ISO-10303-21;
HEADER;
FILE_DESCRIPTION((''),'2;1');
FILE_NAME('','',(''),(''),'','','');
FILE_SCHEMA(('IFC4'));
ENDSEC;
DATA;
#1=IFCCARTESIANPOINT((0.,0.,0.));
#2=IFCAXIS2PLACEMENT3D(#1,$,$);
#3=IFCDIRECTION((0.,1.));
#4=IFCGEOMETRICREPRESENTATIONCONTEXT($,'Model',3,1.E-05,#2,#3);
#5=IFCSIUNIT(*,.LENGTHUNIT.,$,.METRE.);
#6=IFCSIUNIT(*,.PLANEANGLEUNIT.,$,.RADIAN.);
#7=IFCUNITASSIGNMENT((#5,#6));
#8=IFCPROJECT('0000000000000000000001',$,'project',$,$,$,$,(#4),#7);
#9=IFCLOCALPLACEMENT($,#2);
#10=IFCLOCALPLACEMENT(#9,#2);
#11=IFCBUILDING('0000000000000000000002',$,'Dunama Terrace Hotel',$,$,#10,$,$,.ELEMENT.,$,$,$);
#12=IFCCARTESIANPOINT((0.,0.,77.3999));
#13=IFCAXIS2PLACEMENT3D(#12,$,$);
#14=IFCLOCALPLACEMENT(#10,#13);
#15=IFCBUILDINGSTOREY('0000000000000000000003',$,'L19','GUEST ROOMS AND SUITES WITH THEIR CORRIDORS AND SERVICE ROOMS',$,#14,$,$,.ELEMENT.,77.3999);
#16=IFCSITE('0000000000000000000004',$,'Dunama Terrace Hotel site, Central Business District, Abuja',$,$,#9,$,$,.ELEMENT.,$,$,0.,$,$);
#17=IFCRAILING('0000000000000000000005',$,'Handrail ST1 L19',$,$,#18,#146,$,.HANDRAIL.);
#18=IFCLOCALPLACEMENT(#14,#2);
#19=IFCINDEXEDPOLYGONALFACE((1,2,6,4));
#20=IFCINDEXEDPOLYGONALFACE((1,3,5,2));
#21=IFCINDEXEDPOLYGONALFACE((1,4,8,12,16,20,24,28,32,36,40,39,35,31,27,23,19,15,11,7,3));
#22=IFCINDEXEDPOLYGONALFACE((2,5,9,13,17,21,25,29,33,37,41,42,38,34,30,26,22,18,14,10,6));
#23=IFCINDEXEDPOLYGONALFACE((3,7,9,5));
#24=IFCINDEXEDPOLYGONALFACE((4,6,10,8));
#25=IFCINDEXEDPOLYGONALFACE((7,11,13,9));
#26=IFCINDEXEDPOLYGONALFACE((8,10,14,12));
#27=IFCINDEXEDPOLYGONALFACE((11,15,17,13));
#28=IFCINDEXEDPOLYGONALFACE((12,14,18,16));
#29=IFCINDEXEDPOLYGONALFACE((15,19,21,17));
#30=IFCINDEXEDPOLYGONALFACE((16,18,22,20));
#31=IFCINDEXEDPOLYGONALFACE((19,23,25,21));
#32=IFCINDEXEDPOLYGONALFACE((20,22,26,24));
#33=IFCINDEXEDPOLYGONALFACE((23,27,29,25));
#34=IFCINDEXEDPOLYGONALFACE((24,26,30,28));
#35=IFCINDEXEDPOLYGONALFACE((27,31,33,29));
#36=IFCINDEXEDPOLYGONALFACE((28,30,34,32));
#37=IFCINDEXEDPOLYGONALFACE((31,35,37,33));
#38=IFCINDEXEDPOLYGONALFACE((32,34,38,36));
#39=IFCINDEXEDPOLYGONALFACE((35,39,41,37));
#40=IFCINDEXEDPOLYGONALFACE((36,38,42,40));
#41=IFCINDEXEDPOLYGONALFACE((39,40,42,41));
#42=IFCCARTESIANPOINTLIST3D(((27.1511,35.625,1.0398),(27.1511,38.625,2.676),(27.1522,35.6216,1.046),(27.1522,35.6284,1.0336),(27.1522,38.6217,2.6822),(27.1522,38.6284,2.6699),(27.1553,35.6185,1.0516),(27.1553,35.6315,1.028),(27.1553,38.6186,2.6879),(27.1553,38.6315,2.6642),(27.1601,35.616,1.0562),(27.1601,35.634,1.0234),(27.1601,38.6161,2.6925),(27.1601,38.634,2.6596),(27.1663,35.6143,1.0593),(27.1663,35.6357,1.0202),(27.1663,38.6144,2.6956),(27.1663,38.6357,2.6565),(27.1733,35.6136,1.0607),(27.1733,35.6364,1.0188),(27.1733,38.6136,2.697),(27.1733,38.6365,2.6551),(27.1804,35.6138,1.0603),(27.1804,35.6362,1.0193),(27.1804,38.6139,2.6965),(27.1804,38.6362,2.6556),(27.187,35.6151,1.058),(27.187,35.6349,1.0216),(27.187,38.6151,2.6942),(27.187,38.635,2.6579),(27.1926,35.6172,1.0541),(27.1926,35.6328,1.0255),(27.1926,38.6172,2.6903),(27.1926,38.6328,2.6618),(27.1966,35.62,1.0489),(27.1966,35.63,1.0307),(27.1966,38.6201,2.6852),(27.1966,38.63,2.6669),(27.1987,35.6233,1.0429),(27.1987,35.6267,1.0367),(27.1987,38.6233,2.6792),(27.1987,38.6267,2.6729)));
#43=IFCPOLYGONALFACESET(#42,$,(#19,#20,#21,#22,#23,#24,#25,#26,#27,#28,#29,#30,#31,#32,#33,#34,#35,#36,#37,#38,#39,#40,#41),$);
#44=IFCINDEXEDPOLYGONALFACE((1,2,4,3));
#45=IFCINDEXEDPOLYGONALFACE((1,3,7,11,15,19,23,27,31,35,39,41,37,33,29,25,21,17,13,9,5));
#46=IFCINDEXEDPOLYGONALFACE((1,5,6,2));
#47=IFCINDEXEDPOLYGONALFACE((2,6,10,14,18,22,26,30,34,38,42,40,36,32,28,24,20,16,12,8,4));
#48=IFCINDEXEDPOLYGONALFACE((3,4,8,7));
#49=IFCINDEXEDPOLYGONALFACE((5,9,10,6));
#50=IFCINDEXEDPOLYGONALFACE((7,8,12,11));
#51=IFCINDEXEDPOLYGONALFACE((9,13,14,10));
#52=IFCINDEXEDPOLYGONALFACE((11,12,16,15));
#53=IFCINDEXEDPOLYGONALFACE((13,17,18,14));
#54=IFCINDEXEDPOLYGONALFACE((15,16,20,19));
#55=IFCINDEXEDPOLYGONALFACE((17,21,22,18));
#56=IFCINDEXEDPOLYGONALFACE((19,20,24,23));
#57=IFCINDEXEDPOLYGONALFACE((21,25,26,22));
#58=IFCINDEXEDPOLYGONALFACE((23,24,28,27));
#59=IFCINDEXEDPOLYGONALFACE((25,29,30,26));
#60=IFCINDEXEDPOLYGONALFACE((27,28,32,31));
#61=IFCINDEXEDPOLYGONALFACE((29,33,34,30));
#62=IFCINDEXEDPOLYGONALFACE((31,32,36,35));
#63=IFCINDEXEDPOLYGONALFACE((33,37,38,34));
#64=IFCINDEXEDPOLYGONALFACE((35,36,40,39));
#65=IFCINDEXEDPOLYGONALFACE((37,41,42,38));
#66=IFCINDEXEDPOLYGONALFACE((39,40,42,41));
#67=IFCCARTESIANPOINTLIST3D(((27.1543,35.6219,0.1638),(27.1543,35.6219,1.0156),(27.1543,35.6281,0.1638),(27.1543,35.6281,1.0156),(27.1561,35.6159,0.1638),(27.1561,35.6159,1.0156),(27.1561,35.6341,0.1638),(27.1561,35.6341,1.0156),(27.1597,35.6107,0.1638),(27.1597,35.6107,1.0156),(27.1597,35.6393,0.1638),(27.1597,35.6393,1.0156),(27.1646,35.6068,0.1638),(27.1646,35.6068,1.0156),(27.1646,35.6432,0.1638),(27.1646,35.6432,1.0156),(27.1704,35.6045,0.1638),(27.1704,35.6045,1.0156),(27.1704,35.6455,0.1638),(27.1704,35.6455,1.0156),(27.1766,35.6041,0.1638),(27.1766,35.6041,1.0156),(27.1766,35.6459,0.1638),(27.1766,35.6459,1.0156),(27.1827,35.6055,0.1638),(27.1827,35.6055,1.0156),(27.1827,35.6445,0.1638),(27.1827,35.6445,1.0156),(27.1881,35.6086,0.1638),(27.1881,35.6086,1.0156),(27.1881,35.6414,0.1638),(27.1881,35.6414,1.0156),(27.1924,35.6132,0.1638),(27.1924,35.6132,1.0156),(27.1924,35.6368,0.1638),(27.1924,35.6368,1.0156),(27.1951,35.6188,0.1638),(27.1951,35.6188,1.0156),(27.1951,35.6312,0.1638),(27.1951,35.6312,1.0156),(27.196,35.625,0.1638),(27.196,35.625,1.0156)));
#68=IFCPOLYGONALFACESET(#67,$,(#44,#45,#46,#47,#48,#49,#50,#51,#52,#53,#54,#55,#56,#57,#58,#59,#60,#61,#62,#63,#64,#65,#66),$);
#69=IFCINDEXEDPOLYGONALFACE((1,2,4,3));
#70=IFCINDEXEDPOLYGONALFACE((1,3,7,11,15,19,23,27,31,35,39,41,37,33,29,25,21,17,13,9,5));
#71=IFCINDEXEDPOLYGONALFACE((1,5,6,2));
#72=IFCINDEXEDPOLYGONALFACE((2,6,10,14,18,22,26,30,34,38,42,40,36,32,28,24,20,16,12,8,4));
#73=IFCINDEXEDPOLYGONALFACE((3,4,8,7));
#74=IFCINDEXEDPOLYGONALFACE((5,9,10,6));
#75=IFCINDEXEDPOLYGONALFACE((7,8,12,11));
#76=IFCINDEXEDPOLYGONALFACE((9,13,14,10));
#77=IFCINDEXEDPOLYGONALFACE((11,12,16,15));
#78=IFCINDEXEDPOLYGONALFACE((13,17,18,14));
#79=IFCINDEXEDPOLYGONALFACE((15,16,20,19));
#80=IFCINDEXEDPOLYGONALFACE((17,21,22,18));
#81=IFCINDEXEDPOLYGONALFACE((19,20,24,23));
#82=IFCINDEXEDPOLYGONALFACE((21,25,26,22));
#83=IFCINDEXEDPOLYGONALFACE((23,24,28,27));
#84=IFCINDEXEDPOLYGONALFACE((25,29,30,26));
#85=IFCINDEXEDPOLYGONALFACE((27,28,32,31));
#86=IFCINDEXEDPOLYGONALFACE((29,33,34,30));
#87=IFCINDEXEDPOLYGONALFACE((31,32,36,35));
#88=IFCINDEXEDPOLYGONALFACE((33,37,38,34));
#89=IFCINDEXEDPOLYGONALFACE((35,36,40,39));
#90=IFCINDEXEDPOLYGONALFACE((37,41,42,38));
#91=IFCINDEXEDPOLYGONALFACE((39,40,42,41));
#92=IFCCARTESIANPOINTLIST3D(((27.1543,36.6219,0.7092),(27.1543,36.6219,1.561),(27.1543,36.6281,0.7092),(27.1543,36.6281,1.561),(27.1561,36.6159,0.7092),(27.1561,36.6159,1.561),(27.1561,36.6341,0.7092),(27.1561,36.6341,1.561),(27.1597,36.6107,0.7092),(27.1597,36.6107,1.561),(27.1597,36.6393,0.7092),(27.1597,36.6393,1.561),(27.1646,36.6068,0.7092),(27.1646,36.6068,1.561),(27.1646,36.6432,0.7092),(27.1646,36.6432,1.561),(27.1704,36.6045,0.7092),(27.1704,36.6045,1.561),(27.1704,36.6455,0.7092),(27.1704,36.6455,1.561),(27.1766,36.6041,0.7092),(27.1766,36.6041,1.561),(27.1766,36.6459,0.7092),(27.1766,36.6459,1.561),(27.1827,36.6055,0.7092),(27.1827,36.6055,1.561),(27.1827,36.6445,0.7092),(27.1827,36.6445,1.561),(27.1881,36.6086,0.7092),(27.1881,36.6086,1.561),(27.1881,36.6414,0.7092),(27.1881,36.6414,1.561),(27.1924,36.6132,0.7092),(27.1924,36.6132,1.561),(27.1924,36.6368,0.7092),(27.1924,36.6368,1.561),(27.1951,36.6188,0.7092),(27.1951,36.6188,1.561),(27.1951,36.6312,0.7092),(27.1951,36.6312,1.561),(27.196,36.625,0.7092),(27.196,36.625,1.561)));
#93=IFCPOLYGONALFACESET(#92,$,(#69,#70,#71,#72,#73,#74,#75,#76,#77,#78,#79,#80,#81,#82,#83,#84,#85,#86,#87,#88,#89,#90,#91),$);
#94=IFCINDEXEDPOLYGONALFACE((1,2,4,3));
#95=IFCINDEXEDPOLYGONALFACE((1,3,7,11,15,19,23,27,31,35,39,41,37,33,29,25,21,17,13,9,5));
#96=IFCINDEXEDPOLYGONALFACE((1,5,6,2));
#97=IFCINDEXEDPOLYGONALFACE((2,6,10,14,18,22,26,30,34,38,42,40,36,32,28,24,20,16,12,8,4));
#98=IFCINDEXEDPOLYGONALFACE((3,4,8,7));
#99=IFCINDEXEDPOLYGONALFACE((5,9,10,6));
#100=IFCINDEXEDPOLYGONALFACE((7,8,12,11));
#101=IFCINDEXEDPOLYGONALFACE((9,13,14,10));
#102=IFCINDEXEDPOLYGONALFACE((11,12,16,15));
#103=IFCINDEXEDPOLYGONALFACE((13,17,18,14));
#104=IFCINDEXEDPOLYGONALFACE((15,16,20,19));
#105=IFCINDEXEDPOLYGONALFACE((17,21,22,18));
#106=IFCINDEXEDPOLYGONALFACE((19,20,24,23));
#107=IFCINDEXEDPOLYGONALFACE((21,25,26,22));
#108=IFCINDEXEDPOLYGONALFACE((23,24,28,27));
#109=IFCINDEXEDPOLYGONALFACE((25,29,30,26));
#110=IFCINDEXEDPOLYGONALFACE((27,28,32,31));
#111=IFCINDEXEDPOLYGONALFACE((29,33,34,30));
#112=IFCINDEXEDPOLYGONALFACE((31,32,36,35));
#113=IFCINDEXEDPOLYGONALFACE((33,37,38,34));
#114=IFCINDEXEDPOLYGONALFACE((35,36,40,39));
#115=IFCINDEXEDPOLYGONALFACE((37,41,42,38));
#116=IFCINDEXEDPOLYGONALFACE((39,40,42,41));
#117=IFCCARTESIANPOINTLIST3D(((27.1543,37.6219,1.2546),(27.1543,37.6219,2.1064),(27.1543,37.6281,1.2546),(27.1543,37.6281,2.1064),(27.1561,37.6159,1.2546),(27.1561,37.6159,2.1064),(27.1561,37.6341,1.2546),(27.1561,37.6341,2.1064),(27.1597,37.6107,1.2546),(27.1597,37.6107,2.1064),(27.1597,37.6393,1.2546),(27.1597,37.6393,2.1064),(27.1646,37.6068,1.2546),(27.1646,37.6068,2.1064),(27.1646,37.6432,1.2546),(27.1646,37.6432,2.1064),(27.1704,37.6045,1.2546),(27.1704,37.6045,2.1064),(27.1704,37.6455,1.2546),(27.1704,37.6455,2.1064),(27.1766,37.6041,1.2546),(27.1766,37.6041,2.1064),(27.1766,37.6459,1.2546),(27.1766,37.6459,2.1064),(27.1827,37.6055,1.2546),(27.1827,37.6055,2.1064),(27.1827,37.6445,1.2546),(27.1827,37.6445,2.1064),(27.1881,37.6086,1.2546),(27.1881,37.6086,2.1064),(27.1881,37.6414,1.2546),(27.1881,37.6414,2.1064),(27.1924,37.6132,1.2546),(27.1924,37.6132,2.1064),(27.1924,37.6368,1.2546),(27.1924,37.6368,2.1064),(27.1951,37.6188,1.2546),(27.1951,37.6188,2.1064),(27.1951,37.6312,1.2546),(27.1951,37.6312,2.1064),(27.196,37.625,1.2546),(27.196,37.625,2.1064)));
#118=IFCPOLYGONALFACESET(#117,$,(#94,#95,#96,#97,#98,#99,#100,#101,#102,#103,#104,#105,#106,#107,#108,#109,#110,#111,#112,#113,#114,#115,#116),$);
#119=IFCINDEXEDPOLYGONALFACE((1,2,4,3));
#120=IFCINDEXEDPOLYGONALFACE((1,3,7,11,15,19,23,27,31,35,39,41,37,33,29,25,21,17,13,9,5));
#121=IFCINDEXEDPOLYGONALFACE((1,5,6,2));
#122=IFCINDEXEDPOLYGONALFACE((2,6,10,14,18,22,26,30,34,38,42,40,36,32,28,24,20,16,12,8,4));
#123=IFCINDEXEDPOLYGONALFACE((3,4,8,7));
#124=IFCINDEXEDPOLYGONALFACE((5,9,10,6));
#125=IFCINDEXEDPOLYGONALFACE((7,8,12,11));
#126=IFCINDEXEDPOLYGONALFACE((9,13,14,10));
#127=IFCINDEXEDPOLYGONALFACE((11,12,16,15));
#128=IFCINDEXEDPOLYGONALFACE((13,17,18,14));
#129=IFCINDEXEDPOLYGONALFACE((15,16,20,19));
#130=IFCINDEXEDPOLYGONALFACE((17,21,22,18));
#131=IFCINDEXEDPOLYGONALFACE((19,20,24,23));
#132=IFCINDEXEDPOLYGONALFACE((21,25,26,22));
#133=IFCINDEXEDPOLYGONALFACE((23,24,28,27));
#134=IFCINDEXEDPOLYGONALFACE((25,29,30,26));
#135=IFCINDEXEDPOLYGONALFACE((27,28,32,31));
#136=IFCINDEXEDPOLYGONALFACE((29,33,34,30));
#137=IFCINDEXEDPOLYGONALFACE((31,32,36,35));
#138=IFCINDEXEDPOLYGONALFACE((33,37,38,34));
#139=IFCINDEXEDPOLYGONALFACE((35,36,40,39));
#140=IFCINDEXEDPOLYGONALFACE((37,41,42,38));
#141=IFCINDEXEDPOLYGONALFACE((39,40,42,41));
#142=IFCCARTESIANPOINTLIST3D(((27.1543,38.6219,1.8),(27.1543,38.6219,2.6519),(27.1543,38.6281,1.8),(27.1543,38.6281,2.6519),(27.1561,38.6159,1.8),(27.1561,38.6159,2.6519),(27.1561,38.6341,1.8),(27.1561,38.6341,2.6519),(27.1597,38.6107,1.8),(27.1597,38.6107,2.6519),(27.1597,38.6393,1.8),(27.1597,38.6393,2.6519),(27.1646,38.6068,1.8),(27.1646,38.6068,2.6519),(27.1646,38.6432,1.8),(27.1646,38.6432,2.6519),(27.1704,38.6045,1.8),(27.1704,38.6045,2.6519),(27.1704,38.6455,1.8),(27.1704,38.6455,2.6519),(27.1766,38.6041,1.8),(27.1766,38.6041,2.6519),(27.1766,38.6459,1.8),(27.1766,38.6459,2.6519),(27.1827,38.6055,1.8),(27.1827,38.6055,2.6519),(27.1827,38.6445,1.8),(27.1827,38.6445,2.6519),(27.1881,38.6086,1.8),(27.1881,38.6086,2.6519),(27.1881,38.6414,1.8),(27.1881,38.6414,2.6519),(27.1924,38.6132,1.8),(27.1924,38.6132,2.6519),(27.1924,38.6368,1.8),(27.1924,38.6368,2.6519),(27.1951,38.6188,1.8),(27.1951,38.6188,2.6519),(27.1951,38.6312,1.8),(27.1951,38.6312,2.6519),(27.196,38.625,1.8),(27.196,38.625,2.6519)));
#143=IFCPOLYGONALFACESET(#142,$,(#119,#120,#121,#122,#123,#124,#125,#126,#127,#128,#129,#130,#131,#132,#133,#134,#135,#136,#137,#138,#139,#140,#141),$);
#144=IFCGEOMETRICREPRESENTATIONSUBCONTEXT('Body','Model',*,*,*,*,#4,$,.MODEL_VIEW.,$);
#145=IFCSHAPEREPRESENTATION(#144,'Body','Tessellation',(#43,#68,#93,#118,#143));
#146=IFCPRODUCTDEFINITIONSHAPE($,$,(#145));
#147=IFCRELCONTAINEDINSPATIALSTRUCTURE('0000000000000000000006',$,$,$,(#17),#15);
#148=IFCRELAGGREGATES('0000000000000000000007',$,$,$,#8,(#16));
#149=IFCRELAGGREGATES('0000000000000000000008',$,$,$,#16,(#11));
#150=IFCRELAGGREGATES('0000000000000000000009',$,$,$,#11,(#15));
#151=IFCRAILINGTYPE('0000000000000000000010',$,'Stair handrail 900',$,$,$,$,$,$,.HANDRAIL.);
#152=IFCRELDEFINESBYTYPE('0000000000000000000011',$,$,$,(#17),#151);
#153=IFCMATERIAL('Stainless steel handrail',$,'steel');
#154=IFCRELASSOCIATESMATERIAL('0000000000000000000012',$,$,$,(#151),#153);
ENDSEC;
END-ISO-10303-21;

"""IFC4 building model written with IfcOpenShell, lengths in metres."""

from ifc_helpers import new_model, si_unit, direction, frame, origin, origin_2d, place, context, subcontext, project, spatial, circle, extrude, material, type_object, element, save


model = new_model("IFC4")

# Units and contexts
model_context = context("Model", 3, precision=1e-05, world=origin(), true_north=direction((0.0, 1.0)))
body_context = subcontext(model_context, "Body", "Model", "MODEL_VIEW")
ifc_project = project(units=[si_unit("LENGTHUNIT", "METRE"), si_unit("PLANEANGLEUNIT", "RADIAN")], contexts=[model_context])

# Site, building, storey
site_placement = place(None, origin())
site = spatial("IfcSite", under=ifc_project, at=site_placement, Name="Dunama Terrace Hotel site, Central Business District, Abuja", CompositionType="ELEMENT", RefElevation=0.0)
building_placement = place(site_placement, origin())
building = spatial("IfcBuilding", under=site, at=building_placement, Name="Dunama Terrace Hotel", CompositionType="ELEMENT")
storey_placement = place(building_placement, frame((0.0, 0.0, 77.3999)))
storey = spatial("IfcBuildingStorey", under=building, at=storey_placement, Name="L19", Description="GUEST ROOMS AND SUITES WITH THEIR CORRIDORS AND SERVICE ROOMS", CompositionType="ELEMENT", Elevation=77.3999)

# Railing
ifc_material_1 = material(Name="Stainless steel handrail", Category="steel")
railing_type = type_object("IfcRailingType", Name="Stair handrail 900", PredefinedType="HANDRAIL", material=ifc_material_1)
railing_1_placement = place(storey_placement, frame((27.175, 35.625, 0.1638)))
element("IfcRailing", 1, at=railing_1_placement, inside=storey, type_object=railing_type, Name="Handrail ST1 L19", PredefinedType="HANDRAIL", context=body_context, shape_type="SweptSolid", body=[
    extrude(circle(Radius=0.0239, at=origin_2d()), frame((0.0, 0.0, 0.876), z_axis=(0.0, 0.877912, 0.478822), x_axis=(-1.0, 0.0, 0.0)), (0.0, 0.0, 1.0), 3.4172),
    extrude(circle(Radius=0.021, at=origin_2d()), origin(), (0.0, 0.0, 1.0), 0.8518),
    extrude(circle(Radius=0.021, at=origin_2d()), frame((0.0, 1.0, 0.5454)), (0.0, 0.0, 1.0), 0.8518),
    extrude(circle(Radius=0.021, at=origin_2d()), frame((0.0, 2.0, 1.0908)), (0.0, 0.0, 1.0), 0.8518),
    extrude(circle(Radius=0.021, at=origin_2d()), frame((0.0, 3.0, 1.6362)), (0.0, 0.0, 1.0), 0.8518),
])

save(model, "model.ifc")
